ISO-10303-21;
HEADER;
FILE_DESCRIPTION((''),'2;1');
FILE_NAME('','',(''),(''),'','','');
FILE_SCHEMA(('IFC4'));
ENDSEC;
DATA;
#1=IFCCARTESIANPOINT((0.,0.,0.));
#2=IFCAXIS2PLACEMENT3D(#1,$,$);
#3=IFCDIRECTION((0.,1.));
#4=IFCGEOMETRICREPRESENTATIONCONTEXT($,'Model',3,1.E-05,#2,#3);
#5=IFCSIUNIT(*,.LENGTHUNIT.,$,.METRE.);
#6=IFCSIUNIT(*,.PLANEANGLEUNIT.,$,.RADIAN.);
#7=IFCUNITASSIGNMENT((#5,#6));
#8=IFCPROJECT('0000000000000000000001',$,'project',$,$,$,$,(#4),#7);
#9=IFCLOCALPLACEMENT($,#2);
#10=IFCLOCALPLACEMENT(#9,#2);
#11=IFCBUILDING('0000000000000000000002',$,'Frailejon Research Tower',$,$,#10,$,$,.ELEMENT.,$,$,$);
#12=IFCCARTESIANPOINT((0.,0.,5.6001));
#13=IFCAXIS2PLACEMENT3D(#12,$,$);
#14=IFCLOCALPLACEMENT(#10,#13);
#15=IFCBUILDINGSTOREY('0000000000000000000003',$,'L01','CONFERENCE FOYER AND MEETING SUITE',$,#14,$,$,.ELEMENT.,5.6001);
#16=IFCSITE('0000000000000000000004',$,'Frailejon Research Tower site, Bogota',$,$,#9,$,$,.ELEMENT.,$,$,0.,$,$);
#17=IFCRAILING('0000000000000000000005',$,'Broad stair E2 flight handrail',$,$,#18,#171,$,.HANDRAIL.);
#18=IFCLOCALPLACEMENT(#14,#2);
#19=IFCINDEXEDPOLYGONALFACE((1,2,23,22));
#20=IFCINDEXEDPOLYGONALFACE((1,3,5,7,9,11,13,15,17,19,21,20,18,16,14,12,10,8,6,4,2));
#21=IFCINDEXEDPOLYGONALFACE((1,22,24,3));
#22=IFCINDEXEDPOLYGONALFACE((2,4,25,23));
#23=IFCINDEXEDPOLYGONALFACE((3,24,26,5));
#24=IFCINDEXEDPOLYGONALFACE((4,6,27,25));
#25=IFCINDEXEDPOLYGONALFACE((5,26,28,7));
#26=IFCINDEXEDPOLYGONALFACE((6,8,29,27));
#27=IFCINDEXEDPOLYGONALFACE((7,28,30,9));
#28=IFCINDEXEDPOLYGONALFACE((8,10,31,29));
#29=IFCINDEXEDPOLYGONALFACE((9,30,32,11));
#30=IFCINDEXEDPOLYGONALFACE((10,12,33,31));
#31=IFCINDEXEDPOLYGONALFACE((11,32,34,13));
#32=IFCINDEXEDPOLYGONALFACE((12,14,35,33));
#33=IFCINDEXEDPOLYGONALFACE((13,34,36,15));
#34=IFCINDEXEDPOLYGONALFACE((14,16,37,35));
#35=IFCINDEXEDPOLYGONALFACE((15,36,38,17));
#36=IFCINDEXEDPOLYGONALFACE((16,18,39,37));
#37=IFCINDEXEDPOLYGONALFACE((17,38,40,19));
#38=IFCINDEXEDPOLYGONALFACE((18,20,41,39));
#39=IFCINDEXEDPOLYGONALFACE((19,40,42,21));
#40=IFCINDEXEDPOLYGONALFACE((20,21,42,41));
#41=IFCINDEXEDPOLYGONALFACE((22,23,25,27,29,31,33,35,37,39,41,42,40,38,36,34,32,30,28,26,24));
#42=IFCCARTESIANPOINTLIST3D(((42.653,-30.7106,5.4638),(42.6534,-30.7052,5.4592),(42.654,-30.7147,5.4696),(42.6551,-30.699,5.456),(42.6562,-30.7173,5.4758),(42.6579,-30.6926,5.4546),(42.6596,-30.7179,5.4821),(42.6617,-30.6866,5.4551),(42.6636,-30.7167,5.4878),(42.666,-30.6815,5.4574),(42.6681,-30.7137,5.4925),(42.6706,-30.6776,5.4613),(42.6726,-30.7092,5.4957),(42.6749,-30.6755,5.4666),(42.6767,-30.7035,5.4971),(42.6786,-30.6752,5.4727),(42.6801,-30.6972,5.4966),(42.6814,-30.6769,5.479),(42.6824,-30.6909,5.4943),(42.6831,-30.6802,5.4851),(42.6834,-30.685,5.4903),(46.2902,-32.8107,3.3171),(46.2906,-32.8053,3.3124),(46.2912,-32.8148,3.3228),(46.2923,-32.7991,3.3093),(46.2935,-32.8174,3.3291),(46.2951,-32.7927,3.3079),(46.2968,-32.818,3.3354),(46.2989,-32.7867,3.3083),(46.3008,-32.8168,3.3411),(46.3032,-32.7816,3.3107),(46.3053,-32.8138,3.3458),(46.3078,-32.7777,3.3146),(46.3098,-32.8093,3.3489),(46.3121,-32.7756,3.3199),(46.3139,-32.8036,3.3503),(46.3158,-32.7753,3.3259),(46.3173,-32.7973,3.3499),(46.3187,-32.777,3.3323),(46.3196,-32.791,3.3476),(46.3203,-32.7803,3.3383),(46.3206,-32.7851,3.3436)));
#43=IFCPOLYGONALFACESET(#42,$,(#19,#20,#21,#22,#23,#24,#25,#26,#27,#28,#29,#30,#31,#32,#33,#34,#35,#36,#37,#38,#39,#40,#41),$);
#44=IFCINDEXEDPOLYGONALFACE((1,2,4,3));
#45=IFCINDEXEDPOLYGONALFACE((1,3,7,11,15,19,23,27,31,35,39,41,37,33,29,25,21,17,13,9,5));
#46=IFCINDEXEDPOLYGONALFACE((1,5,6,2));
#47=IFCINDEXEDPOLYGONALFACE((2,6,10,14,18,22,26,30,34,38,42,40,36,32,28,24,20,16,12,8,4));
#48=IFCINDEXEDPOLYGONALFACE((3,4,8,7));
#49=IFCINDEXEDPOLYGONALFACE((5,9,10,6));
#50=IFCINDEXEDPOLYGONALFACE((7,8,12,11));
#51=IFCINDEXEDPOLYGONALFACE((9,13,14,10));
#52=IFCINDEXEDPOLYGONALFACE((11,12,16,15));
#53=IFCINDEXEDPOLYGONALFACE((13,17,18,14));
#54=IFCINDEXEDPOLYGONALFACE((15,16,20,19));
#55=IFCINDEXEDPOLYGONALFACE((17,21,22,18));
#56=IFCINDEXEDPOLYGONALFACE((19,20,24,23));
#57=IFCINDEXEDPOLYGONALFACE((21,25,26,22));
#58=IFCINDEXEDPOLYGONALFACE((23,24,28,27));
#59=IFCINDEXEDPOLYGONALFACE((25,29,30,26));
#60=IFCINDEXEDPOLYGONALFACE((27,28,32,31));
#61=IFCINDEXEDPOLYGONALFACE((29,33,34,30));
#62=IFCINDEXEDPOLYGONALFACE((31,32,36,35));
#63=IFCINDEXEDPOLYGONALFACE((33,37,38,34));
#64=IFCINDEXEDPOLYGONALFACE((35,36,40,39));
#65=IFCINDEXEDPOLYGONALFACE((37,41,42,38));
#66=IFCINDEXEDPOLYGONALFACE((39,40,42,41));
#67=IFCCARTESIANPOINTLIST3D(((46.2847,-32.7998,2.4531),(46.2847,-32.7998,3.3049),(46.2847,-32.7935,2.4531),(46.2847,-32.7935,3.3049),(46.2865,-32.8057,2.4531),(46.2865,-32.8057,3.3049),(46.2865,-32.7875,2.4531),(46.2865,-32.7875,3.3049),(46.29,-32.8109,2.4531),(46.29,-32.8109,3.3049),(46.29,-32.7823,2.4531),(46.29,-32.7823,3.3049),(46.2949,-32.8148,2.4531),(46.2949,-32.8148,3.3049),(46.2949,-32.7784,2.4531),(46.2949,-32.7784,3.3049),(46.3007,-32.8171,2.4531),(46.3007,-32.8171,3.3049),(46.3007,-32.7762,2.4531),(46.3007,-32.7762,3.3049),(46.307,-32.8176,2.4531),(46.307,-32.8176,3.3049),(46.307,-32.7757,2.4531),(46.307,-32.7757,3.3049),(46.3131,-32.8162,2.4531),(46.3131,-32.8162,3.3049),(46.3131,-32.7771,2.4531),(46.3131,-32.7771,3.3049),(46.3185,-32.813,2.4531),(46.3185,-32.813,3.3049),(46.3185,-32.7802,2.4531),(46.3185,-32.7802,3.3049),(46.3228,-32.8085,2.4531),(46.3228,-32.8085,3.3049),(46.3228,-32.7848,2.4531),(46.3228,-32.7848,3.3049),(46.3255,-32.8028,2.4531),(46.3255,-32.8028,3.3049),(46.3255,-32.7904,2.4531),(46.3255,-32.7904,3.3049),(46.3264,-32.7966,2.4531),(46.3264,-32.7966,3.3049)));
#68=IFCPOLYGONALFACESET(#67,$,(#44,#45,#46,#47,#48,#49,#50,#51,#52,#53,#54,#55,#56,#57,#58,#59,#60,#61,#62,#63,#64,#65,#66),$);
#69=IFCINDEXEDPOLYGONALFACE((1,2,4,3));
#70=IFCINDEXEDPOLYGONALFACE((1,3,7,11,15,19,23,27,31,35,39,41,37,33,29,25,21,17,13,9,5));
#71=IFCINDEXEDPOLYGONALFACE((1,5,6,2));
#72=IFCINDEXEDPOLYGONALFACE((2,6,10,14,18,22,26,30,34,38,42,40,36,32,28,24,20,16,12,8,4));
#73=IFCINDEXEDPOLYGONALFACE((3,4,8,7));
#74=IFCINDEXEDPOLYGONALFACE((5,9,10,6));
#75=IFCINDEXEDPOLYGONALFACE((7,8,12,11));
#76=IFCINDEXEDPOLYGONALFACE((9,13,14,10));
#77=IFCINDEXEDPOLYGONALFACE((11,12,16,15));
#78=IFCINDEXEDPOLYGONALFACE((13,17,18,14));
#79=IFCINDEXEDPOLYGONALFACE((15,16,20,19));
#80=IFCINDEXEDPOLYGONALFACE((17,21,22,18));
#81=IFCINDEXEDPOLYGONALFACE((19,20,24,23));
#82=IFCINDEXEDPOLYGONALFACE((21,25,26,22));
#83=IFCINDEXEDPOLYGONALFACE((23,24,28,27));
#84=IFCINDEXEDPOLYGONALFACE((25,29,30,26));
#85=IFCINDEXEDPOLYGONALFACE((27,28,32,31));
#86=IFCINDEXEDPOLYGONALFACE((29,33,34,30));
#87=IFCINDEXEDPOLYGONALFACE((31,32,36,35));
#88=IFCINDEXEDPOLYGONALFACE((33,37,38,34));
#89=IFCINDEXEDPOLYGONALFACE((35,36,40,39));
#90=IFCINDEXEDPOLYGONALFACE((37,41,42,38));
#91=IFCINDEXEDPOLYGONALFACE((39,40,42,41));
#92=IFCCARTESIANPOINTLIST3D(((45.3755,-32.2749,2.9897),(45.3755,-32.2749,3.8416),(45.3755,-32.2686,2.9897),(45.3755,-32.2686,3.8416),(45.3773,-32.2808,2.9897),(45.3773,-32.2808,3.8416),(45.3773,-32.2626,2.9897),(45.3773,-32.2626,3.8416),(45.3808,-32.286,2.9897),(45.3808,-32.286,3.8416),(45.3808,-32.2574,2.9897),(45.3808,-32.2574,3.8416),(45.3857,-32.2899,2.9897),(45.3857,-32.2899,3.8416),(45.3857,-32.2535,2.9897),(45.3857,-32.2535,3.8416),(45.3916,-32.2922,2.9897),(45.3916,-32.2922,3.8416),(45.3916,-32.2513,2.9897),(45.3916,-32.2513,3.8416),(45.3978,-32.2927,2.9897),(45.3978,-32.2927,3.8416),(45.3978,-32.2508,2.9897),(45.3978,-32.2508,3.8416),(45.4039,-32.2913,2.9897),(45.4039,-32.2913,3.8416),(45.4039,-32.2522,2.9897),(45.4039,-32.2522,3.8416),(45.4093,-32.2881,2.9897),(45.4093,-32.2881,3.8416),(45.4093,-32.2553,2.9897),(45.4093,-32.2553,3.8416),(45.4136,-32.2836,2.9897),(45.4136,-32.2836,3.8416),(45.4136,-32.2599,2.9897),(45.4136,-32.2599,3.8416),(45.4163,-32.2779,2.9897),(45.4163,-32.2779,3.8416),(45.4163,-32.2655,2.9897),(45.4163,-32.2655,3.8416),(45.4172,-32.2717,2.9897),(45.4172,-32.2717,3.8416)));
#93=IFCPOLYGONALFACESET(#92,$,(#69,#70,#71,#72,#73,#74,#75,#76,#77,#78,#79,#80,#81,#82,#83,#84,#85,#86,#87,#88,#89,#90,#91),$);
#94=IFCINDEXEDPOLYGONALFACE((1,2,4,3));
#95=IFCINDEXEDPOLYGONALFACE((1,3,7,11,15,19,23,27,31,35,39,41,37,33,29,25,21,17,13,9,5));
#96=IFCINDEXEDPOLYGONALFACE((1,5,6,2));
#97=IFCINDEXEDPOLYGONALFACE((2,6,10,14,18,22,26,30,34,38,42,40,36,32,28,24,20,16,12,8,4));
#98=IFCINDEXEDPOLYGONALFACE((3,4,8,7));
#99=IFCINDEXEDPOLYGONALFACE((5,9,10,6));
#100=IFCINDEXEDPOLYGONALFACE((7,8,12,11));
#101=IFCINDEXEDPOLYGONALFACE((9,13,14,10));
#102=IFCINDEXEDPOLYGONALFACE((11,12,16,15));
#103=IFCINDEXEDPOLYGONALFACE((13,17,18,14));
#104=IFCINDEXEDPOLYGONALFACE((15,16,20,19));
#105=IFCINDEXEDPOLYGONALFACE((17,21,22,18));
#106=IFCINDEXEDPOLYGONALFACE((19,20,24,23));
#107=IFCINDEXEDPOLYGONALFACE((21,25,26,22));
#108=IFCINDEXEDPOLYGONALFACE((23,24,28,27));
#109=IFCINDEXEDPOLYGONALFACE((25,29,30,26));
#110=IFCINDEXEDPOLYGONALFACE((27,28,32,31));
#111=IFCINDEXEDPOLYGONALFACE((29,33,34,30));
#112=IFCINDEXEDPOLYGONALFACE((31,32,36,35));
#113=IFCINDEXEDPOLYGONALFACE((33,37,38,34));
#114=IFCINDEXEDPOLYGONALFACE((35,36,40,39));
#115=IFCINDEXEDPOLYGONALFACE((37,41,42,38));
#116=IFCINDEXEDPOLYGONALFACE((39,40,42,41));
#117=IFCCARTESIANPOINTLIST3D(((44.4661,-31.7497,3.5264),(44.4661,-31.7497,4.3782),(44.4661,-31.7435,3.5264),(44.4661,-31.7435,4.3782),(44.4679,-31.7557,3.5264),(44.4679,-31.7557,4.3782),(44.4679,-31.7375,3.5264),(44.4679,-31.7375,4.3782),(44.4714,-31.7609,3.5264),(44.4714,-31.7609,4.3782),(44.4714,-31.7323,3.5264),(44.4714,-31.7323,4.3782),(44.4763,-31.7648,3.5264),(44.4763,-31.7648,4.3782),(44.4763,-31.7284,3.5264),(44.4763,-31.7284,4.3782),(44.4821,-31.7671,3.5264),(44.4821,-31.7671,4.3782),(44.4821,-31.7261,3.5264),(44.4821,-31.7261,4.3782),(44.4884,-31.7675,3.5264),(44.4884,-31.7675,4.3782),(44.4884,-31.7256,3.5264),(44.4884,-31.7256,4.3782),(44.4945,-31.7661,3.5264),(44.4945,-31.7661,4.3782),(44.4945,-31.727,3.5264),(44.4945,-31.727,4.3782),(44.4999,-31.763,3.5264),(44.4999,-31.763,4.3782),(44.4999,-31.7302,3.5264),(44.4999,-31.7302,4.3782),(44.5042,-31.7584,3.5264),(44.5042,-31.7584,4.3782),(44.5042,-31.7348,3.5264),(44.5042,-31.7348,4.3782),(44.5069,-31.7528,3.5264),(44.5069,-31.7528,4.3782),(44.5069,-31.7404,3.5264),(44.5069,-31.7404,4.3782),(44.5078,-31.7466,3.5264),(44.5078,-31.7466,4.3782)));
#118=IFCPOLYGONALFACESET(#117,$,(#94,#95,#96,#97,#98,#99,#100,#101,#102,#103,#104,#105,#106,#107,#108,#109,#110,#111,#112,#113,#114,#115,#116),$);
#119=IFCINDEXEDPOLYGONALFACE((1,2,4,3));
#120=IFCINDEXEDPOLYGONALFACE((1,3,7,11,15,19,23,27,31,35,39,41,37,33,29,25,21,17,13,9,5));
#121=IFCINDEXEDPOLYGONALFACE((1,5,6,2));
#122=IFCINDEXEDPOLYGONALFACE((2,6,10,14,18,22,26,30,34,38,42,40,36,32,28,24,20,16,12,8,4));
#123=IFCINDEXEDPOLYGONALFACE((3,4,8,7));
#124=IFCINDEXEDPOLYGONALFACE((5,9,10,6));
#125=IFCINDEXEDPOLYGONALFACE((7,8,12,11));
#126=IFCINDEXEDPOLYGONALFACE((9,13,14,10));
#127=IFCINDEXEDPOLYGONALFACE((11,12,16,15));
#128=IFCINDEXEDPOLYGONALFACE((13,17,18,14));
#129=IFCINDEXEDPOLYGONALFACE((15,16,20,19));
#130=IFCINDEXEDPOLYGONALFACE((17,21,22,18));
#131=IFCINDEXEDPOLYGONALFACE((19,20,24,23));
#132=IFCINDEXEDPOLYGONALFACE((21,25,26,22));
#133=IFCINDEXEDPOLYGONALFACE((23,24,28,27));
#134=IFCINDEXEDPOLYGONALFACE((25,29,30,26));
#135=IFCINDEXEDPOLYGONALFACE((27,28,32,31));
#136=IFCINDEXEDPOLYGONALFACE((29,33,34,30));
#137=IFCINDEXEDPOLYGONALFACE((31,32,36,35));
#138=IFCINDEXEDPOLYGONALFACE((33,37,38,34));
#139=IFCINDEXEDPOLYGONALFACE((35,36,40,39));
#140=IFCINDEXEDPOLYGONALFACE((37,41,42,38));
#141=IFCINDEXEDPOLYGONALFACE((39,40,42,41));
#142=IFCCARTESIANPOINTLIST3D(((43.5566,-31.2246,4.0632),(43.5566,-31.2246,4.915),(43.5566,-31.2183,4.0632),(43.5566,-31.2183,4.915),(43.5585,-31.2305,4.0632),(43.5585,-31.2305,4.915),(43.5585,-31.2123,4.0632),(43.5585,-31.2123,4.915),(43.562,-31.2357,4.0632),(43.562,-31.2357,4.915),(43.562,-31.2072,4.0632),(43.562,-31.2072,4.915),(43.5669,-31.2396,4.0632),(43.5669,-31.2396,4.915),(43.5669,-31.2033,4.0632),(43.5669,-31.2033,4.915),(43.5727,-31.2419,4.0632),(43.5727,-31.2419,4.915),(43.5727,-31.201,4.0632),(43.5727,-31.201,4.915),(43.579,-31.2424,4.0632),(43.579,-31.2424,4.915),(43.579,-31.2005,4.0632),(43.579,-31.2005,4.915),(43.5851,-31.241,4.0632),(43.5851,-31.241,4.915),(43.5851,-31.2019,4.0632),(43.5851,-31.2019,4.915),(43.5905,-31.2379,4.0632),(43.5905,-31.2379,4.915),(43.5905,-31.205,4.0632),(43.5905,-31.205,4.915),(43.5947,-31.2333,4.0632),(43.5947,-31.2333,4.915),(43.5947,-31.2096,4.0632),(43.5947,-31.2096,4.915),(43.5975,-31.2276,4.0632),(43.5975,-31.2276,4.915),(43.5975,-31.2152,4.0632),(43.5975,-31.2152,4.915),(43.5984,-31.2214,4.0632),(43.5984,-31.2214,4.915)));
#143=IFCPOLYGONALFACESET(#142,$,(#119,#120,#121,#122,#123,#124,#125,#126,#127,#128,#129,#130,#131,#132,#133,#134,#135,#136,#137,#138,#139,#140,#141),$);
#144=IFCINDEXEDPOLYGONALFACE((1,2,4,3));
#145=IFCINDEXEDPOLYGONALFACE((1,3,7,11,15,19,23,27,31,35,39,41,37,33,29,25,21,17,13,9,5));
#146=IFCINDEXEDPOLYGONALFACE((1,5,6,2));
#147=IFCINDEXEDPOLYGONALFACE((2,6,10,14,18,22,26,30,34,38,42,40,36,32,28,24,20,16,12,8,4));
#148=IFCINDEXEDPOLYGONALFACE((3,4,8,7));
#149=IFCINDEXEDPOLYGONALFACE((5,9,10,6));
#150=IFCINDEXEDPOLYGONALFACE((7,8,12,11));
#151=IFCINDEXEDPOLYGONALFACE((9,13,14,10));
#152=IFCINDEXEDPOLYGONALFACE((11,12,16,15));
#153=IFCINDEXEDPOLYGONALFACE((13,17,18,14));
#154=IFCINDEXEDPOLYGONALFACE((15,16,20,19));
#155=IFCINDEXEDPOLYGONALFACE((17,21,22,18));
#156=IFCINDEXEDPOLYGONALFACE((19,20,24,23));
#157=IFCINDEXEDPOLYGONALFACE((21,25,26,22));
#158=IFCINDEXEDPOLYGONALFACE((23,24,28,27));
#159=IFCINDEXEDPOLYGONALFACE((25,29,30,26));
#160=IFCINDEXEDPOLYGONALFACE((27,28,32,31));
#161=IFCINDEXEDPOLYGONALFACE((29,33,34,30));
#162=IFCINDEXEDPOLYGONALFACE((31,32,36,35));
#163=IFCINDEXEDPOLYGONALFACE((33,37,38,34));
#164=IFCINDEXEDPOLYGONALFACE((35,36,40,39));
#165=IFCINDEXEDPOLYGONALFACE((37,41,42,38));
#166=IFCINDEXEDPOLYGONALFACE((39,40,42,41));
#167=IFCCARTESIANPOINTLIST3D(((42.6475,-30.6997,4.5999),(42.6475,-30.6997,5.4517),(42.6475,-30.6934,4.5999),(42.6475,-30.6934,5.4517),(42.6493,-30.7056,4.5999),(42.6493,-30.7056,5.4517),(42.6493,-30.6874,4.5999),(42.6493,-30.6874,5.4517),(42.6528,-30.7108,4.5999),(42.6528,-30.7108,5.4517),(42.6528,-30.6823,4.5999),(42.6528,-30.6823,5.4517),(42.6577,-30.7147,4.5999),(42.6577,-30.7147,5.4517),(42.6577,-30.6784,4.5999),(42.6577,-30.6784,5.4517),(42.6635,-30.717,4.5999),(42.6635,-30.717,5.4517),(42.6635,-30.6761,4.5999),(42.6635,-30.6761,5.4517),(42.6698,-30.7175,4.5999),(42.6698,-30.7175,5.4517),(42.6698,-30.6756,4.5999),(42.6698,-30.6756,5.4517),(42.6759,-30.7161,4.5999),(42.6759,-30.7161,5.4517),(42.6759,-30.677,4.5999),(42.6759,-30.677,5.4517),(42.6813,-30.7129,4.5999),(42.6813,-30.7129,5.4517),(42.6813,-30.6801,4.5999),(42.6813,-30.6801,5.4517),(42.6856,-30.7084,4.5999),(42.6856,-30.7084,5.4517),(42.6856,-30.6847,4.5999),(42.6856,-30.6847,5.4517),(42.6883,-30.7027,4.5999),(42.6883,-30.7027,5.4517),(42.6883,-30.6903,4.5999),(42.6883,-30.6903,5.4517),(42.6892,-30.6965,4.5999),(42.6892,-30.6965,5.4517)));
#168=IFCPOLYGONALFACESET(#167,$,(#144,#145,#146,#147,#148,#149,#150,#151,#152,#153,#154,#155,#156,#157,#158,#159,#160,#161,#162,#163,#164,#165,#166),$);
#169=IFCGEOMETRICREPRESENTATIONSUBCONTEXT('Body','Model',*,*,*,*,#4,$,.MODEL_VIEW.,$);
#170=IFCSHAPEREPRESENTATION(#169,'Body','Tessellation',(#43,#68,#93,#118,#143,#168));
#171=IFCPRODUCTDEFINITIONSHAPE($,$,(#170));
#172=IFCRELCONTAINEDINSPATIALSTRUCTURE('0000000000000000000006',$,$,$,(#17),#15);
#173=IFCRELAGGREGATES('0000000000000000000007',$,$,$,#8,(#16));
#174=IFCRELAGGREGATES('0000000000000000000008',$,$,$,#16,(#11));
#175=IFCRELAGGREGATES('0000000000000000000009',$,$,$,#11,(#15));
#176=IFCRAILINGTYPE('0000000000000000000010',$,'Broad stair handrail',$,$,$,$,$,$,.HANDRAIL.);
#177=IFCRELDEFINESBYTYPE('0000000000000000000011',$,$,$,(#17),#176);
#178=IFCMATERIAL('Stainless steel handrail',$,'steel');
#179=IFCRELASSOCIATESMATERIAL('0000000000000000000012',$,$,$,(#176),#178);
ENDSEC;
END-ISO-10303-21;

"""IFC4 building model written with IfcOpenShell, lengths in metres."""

from ifc_helpers import new_model, si_unit, direction, frame, origin, origin_2d, place, context, subcontext, project, spatial, circle, extrude, material, type_object, element, save


model = new_model("IFC4")

# Units and contexts
model_context = context("Model", 3, precision=1e-05, world=origin(), true_north=direction((0.0, 1.0)))
body_context = subcontext(model_context, "Body", "Model", "MODEL_VIEW")
ifc_project = project(units=[si_unit("LENGTHUNIT", "METRE"), si_unit("PLANEANGLEUNIT", "RADIAN")], contexts=[model_context])

# Site, building, storey
site_placement = place(None, origin())
site = spatial("IfcSite", under=ifc_project, at=site_placement, Name="Frailejon Research Tower site, Bogota", CompositionType="ELEMENT", RefElevation=0.0)
building_placement = place(site_placement, origin())
building = spatial("IfcBuilding", under=site, at=building_placement, Name="Frailejon Research Tower", CompositionType="ELEMENT")
storey_placement = place(building_placement, frame((0.0, 0.0, 5.6001)))
storey = spatial("IfcBuildingStorey", under=building, at=storey_placement, Name="L01", Description="CONFERENCE FOYER AND MEETING SUITE", CompositionType="ELEMENT", Elevation=5.6001)

# Railing
ifc_material_1 = material(Name="Stainless steel handrail", Category="steel")
railing_type_1 = type_object("IfcRailingType", Name="Broad stair handrail", PredefinedType="HANDRAIL", material=ifc_material_1)
railing_1_placement = place(storey_placement, frame((46.3054, -32.7966, 2.4531)))
element("IfcRailing", 1, at=railing_1_placement, inside=storey, type_object=railing_type_1, Name="Broad stair E2 flight handrail", PredefinedType="HANDRAIL", context=body_context, shape_type="SweptSolid", body=[
    extrude(circle(Radius=0.0239, at=origin_2d()), frame((0.0, 0.0, 0.876), z_axis=(-0.771119, 0.445239, 0.455125), x_axis=(-0.500028, -0.866009, 0.0)), (0.0, 0.0, 1.0), 4.7168),
    extrude(circle(Radius=0.021, at=origin_2d()), origin(), (0.0, 0.0, 1.0), 0.8518),
    extrude(circle(Radius=0.021, at=origin_2d()), frame((-0.9092, 0.5249, 0.5366)), (0.0, 0.0, 1.0), 0.8518),
    extrude(circle(Radius=0.021, at=origin_2d()), frame((-1.8186, 1.05, 1.0732)), (0.0, 0.0, 1.0), 0.8518),
    extrude(circle(Radius=0.021, at=origin_2d()), frame((-2.728, 1.5752, 1.6101)), (0.0, 0.0, 1.0), 0.8518),
    extrude(circle(Radius=0.021, at=origin_2d()), frame((-3.6372, 2.1001, 2.1467)), (0.0, 0.0, 1.0), 0.8518),
])

save(model, "model.ifc")
